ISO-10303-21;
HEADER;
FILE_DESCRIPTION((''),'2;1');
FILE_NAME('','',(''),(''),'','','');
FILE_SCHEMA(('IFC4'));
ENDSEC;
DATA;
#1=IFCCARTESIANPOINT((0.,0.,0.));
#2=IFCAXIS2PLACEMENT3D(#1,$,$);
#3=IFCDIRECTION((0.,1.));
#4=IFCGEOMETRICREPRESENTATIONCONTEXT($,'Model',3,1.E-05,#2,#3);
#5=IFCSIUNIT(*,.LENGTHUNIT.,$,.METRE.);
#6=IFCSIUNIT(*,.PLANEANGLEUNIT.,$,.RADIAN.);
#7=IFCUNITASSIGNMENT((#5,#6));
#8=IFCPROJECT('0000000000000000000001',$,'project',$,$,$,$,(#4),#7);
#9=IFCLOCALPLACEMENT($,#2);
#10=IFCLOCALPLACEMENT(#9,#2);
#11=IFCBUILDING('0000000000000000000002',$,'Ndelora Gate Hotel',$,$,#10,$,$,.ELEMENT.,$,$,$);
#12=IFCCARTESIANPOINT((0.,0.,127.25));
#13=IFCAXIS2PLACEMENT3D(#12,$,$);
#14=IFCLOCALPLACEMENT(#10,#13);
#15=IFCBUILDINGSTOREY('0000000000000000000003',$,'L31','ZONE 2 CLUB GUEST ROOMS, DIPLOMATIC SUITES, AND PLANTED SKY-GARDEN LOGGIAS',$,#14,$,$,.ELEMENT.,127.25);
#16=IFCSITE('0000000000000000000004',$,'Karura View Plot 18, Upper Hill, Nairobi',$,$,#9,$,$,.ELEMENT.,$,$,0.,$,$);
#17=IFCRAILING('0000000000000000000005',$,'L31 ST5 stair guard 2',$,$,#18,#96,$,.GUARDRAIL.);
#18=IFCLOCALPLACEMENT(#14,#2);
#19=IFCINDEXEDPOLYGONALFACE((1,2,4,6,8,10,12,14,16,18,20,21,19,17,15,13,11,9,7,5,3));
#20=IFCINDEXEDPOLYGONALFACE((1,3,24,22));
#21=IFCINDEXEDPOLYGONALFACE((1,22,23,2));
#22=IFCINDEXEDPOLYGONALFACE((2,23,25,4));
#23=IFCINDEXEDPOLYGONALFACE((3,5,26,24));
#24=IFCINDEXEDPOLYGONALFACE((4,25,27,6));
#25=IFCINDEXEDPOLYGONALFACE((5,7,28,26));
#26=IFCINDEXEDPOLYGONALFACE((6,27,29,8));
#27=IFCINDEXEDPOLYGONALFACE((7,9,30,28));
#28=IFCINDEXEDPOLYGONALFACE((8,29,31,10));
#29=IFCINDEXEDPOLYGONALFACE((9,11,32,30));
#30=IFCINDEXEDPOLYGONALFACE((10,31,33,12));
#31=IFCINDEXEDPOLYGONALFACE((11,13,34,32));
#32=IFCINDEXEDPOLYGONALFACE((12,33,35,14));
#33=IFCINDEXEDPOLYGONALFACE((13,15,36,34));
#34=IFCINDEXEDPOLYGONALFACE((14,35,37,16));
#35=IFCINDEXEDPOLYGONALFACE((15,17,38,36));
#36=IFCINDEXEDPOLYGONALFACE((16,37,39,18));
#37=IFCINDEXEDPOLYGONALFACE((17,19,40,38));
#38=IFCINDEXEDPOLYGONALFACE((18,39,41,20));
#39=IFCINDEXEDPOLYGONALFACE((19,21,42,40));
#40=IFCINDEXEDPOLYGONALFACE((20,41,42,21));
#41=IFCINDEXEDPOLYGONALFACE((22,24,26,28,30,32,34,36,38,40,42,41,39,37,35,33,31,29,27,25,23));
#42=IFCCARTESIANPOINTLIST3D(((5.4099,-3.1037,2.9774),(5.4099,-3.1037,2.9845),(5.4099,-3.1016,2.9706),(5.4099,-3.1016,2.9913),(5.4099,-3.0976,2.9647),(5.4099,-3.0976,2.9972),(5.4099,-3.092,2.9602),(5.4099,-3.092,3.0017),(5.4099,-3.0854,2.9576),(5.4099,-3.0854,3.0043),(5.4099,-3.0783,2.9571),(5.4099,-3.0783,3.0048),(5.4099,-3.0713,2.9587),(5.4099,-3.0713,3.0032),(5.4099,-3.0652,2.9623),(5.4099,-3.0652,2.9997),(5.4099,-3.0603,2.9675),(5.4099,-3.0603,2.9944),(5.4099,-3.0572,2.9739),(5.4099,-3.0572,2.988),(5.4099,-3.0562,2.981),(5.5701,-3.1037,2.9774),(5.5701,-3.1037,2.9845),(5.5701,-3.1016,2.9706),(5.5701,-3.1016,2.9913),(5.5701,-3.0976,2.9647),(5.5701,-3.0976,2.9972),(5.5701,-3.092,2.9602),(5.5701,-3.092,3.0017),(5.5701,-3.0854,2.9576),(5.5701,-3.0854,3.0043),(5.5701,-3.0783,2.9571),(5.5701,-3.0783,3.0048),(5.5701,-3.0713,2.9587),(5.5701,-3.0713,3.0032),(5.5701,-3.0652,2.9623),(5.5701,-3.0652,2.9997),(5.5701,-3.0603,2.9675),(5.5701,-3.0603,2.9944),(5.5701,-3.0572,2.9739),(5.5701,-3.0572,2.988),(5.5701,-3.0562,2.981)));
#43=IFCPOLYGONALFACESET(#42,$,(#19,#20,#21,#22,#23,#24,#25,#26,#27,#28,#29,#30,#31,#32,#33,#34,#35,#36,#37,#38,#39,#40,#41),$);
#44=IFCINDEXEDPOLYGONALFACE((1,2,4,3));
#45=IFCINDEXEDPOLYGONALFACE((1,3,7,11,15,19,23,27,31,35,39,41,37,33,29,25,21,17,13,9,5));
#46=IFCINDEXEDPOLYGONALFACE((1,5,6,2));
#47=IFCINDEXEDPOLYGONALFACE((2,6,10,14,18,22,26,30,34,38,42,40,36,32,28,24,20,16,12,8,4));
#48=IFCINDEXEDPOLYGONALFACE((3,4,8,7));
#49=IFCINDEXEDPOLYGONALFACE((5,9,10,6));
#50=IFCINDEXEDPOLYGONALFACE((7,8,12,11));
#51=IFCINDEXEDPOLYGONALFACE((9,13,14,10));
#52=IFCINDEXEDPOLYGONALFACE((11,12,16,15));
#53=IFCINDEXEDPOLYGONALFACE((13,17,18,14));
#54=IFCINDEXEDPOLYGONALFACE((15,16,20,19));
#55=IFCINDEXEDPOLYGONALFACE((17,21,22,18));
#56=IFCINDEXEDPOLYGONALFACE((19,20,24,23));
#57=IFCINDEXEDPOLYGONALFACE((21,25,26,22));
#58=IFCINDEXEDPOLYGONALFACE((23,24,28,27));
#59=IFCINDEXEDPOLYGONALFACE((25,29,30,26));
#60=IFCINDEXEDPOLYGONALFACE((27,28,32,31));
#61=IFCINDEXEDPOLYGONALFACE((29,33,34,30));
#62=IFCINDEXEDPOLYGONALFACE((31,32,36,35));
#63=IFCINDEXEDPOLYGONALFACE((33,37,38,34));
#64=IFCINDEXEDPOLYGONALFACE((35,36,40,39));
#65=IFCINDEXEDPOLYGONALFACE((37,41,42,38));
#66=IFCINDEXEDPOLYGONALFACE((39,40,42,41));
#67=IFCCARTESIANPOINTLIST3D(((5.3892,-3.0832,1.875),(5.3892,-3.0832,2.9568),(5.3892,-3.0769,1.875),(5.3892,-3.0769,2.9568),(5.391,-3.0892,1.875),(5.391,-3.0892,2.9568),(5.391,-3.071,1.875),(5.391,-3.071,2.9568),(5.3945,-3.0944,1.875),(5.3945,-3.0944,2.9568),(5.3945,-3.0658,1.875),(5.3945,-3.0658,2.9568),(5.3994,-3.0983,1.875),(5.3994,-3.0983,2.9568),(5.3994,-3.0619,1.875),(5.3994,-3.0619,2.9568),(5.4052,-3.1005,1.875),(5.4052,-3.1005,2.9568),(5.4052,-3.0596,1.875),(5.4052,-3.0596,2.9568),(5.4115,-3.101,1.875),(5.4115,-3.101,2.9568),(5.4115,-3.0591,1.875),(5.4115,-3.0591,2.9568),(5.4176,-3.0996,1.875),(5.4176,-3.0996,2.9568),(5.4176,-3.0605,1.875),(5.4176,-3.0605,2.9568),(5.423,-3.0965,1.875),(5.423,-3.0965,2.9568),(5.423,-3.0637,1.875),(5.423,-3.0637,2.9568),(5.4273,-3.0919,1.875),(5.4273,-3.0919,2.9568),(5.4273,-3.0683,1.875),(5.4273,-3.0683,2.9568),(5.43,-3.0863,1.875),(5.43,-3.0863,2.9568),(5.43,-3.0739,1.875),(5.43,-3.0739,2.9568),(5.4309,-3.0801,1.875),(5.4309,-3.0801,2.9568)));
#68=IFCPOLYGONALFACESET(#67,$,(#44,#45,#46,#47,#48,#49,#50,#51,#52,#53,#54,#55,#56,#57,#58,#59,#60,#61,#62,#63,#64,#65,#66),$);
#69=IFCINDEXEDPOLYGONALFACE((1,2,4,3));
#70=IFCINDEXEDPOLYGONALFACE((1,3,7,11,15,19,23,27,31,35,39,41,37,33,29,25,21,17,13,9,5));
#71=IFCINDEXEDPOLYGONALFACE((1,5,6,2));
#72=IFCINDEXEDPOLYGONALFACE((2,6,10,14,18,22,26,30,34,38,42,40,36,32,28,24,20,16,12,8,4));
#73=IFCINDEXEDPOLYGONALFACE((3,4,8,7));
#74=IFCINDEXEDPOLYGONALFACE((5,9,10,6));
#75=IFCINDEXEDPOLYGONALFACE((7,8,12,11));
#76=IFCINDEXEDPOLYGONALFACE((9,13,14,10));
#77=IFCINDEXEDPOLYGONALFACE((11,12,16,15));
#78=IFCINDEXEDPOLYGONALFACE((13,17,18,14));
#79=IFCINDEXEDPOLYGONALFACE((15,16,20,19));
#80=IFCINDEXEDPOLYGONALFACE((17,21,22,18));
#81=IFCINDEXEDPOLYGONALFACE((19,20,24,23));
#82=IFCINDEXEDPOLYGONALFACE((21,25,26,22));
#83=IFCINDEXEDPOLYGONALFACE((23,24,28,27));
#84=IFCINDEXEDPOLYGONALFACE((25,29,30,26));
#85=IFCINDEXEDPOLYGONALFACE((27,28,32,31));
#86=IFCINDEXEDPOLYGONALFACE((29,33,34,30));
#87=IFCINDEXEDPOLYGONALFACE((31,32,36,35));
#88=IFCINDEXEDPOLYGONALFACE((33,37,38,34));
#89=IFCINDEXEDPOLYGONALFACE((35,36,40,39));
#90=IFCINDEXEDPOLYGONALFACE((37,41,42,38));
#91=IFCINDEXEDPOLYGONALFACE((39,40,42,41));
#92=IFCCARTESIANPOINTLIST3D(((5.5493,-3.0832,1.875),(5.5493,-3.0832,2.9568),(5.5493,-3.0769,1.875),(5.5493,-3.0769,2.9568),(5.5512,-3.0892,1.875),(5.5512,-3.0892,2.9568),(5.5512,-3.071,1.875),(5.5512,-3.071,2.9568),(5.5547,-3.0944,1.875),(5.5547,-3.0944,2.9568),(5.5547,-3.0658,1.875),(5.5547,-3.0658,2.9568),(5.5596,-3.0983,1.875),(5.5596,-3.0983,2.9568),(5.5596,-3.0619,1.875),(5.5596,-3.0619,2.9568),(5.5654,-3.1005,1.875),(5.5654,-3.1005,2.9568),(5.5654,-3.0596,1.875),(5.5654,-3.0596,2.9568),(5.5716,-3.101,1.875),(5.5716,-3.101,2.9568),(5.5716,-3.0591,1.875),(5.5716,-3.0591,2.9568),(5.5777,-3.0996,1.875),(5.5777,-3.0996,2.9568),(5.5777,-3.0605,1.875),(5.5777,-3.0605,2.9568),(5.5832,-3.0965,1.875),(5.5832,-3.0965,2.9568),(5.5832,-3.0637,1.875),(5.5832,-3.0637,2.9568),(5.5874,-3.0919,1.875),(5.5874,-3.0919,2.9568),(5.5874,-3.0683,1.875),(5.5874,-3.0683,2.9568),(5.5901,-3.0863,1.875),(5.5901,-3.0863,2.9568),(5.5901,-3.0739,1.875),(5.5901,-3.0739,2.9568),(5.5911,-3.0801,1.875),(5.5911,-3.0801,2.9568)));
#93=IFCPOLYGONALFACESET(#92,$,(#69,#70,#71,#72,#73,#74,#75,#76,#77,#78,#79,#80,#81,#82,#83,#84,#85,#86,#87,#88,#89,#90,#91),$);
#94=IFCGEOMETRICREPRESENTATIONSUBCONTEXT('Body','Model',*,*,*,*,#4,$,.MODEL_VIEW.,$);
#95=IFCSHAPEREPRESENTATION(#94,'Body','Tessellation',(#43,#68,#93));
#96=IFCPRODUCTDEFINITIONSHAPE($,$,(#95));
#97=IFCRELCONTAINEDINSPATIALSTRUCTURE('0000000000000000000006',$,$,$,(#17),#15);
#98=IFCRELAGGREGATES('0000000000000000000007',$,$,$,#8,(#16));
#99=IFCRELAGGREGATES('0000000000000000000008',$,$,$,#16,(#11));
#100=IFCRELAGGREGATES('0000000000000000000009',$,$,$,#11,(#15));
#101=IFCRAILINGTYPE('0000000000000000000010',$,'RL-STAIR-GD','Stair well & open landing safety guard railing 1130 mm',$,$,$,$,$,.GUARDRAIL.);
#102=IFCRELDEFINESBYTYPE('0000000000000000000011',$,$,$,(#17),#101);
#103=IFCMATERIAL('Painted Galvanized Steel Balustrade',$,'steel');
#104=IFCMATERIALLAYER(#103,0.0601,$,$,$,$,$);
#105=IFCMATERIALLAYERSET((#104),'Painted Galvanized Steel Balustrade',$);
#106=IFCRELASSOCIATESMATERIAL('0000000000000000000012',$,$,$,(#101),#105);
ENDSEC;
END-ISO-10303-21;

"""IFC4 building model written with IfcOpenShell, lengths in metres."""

from ifc_helpers import new_model, si_unit, direction, frame, origin, origin_2d, place, context, subcontext, project, spatial, circle, extrude, material, layer, layer_set, type_object, element, save


model = new_model("IFC4")

# Units and contexts
model_context = context("Model", 3, precision=1e-05, world=origin(), true_north=direction((0.0, 1.0)))
body_context = subcontext(model_context, "Body", "Model", "MODEL_VIEW")
ifc_project = project(units=[si_unit("LENGTHUNIT", "METRE"), si_unit("PLANEANGLEUNIT", "RADIAN")], contexts=[model_context])

# Site, building, storey
site_placement = place(None, origin())
site = spatial("IfcSite", under=ifc_project, at=site_placement, Name="Karura View Plot 18, Upper Hill, Nairobi", CompositionType="ELEMENT", RefElevation=0.0)
building_placement = place(site_placement, origin())
building = spatial("IfcBuilding", under=site, at=building_placement, Name="Ndelora Gate Hotel", CompositionType="ELEMENT")
storey_placement = place(building_placement, frame((0.0, 0.0, 127.25)))
storey = spatial("IfcBuildingStorey", under=building, at=storey_placement, Name="L31", Description="ZONE 2 CLUB GUEST ROOMS, DIPLOMATIC SUITES, AND PLANTED SKY-GARDEN LOGGIAS", CompositionType="ELEMENT", Elevation=127.25)

# Railing
ifc_material_1 = material(Name="Painted Galvanized Steel Balustrade", Category="steel")
ifc_layer_1 = layer(ifc_material_1, 0.0601)
ifc_layer_set_1 = layer_set([ifc_layer_1], Name="Painted Galvanized Steel Balustrade")
railing_type_1 = type_object("IfcRailingType", Name="RL-STAIR-GD", Description="Stair well & open landing safety guard railing 1130 mm", PredefinedType="GUARDRAIL", material=ifc_layer_set_1)
railing_1_placement = place(storey_placement, frame((5.4099, -3.0801, 1.875)))
element("IfcRailing", 1, at=railing_1_placement, inside=storey, type_object=railing_type_1, Name="L31 ST5 stair guard 2", PredefinedType="GUARDRAIL", context=body_context, shape_type="SweptSolid", body=[
    extrude(circle(Radius=0.0239, at=origin_2d()), frame((0.0, 0.0, 1.106), z_axis=(1.0, 0.0, 0.0), x_axis=(0.0, 1.0, 0.0)), (0.0, 0.0, 1.0), 0.1602),
    extrude(circle(Radius=0.021, at=origin_2d()), origin(), (0.0, 0.0, 1.0), 1.0818),
    extrude(circle(Radius=0.021, at=origin_2d()), frame((0.1602, 0.0, 0.0)), (0.0, 0.0, 1.0), 1.0818),
])

save(model, "model.ifc")
